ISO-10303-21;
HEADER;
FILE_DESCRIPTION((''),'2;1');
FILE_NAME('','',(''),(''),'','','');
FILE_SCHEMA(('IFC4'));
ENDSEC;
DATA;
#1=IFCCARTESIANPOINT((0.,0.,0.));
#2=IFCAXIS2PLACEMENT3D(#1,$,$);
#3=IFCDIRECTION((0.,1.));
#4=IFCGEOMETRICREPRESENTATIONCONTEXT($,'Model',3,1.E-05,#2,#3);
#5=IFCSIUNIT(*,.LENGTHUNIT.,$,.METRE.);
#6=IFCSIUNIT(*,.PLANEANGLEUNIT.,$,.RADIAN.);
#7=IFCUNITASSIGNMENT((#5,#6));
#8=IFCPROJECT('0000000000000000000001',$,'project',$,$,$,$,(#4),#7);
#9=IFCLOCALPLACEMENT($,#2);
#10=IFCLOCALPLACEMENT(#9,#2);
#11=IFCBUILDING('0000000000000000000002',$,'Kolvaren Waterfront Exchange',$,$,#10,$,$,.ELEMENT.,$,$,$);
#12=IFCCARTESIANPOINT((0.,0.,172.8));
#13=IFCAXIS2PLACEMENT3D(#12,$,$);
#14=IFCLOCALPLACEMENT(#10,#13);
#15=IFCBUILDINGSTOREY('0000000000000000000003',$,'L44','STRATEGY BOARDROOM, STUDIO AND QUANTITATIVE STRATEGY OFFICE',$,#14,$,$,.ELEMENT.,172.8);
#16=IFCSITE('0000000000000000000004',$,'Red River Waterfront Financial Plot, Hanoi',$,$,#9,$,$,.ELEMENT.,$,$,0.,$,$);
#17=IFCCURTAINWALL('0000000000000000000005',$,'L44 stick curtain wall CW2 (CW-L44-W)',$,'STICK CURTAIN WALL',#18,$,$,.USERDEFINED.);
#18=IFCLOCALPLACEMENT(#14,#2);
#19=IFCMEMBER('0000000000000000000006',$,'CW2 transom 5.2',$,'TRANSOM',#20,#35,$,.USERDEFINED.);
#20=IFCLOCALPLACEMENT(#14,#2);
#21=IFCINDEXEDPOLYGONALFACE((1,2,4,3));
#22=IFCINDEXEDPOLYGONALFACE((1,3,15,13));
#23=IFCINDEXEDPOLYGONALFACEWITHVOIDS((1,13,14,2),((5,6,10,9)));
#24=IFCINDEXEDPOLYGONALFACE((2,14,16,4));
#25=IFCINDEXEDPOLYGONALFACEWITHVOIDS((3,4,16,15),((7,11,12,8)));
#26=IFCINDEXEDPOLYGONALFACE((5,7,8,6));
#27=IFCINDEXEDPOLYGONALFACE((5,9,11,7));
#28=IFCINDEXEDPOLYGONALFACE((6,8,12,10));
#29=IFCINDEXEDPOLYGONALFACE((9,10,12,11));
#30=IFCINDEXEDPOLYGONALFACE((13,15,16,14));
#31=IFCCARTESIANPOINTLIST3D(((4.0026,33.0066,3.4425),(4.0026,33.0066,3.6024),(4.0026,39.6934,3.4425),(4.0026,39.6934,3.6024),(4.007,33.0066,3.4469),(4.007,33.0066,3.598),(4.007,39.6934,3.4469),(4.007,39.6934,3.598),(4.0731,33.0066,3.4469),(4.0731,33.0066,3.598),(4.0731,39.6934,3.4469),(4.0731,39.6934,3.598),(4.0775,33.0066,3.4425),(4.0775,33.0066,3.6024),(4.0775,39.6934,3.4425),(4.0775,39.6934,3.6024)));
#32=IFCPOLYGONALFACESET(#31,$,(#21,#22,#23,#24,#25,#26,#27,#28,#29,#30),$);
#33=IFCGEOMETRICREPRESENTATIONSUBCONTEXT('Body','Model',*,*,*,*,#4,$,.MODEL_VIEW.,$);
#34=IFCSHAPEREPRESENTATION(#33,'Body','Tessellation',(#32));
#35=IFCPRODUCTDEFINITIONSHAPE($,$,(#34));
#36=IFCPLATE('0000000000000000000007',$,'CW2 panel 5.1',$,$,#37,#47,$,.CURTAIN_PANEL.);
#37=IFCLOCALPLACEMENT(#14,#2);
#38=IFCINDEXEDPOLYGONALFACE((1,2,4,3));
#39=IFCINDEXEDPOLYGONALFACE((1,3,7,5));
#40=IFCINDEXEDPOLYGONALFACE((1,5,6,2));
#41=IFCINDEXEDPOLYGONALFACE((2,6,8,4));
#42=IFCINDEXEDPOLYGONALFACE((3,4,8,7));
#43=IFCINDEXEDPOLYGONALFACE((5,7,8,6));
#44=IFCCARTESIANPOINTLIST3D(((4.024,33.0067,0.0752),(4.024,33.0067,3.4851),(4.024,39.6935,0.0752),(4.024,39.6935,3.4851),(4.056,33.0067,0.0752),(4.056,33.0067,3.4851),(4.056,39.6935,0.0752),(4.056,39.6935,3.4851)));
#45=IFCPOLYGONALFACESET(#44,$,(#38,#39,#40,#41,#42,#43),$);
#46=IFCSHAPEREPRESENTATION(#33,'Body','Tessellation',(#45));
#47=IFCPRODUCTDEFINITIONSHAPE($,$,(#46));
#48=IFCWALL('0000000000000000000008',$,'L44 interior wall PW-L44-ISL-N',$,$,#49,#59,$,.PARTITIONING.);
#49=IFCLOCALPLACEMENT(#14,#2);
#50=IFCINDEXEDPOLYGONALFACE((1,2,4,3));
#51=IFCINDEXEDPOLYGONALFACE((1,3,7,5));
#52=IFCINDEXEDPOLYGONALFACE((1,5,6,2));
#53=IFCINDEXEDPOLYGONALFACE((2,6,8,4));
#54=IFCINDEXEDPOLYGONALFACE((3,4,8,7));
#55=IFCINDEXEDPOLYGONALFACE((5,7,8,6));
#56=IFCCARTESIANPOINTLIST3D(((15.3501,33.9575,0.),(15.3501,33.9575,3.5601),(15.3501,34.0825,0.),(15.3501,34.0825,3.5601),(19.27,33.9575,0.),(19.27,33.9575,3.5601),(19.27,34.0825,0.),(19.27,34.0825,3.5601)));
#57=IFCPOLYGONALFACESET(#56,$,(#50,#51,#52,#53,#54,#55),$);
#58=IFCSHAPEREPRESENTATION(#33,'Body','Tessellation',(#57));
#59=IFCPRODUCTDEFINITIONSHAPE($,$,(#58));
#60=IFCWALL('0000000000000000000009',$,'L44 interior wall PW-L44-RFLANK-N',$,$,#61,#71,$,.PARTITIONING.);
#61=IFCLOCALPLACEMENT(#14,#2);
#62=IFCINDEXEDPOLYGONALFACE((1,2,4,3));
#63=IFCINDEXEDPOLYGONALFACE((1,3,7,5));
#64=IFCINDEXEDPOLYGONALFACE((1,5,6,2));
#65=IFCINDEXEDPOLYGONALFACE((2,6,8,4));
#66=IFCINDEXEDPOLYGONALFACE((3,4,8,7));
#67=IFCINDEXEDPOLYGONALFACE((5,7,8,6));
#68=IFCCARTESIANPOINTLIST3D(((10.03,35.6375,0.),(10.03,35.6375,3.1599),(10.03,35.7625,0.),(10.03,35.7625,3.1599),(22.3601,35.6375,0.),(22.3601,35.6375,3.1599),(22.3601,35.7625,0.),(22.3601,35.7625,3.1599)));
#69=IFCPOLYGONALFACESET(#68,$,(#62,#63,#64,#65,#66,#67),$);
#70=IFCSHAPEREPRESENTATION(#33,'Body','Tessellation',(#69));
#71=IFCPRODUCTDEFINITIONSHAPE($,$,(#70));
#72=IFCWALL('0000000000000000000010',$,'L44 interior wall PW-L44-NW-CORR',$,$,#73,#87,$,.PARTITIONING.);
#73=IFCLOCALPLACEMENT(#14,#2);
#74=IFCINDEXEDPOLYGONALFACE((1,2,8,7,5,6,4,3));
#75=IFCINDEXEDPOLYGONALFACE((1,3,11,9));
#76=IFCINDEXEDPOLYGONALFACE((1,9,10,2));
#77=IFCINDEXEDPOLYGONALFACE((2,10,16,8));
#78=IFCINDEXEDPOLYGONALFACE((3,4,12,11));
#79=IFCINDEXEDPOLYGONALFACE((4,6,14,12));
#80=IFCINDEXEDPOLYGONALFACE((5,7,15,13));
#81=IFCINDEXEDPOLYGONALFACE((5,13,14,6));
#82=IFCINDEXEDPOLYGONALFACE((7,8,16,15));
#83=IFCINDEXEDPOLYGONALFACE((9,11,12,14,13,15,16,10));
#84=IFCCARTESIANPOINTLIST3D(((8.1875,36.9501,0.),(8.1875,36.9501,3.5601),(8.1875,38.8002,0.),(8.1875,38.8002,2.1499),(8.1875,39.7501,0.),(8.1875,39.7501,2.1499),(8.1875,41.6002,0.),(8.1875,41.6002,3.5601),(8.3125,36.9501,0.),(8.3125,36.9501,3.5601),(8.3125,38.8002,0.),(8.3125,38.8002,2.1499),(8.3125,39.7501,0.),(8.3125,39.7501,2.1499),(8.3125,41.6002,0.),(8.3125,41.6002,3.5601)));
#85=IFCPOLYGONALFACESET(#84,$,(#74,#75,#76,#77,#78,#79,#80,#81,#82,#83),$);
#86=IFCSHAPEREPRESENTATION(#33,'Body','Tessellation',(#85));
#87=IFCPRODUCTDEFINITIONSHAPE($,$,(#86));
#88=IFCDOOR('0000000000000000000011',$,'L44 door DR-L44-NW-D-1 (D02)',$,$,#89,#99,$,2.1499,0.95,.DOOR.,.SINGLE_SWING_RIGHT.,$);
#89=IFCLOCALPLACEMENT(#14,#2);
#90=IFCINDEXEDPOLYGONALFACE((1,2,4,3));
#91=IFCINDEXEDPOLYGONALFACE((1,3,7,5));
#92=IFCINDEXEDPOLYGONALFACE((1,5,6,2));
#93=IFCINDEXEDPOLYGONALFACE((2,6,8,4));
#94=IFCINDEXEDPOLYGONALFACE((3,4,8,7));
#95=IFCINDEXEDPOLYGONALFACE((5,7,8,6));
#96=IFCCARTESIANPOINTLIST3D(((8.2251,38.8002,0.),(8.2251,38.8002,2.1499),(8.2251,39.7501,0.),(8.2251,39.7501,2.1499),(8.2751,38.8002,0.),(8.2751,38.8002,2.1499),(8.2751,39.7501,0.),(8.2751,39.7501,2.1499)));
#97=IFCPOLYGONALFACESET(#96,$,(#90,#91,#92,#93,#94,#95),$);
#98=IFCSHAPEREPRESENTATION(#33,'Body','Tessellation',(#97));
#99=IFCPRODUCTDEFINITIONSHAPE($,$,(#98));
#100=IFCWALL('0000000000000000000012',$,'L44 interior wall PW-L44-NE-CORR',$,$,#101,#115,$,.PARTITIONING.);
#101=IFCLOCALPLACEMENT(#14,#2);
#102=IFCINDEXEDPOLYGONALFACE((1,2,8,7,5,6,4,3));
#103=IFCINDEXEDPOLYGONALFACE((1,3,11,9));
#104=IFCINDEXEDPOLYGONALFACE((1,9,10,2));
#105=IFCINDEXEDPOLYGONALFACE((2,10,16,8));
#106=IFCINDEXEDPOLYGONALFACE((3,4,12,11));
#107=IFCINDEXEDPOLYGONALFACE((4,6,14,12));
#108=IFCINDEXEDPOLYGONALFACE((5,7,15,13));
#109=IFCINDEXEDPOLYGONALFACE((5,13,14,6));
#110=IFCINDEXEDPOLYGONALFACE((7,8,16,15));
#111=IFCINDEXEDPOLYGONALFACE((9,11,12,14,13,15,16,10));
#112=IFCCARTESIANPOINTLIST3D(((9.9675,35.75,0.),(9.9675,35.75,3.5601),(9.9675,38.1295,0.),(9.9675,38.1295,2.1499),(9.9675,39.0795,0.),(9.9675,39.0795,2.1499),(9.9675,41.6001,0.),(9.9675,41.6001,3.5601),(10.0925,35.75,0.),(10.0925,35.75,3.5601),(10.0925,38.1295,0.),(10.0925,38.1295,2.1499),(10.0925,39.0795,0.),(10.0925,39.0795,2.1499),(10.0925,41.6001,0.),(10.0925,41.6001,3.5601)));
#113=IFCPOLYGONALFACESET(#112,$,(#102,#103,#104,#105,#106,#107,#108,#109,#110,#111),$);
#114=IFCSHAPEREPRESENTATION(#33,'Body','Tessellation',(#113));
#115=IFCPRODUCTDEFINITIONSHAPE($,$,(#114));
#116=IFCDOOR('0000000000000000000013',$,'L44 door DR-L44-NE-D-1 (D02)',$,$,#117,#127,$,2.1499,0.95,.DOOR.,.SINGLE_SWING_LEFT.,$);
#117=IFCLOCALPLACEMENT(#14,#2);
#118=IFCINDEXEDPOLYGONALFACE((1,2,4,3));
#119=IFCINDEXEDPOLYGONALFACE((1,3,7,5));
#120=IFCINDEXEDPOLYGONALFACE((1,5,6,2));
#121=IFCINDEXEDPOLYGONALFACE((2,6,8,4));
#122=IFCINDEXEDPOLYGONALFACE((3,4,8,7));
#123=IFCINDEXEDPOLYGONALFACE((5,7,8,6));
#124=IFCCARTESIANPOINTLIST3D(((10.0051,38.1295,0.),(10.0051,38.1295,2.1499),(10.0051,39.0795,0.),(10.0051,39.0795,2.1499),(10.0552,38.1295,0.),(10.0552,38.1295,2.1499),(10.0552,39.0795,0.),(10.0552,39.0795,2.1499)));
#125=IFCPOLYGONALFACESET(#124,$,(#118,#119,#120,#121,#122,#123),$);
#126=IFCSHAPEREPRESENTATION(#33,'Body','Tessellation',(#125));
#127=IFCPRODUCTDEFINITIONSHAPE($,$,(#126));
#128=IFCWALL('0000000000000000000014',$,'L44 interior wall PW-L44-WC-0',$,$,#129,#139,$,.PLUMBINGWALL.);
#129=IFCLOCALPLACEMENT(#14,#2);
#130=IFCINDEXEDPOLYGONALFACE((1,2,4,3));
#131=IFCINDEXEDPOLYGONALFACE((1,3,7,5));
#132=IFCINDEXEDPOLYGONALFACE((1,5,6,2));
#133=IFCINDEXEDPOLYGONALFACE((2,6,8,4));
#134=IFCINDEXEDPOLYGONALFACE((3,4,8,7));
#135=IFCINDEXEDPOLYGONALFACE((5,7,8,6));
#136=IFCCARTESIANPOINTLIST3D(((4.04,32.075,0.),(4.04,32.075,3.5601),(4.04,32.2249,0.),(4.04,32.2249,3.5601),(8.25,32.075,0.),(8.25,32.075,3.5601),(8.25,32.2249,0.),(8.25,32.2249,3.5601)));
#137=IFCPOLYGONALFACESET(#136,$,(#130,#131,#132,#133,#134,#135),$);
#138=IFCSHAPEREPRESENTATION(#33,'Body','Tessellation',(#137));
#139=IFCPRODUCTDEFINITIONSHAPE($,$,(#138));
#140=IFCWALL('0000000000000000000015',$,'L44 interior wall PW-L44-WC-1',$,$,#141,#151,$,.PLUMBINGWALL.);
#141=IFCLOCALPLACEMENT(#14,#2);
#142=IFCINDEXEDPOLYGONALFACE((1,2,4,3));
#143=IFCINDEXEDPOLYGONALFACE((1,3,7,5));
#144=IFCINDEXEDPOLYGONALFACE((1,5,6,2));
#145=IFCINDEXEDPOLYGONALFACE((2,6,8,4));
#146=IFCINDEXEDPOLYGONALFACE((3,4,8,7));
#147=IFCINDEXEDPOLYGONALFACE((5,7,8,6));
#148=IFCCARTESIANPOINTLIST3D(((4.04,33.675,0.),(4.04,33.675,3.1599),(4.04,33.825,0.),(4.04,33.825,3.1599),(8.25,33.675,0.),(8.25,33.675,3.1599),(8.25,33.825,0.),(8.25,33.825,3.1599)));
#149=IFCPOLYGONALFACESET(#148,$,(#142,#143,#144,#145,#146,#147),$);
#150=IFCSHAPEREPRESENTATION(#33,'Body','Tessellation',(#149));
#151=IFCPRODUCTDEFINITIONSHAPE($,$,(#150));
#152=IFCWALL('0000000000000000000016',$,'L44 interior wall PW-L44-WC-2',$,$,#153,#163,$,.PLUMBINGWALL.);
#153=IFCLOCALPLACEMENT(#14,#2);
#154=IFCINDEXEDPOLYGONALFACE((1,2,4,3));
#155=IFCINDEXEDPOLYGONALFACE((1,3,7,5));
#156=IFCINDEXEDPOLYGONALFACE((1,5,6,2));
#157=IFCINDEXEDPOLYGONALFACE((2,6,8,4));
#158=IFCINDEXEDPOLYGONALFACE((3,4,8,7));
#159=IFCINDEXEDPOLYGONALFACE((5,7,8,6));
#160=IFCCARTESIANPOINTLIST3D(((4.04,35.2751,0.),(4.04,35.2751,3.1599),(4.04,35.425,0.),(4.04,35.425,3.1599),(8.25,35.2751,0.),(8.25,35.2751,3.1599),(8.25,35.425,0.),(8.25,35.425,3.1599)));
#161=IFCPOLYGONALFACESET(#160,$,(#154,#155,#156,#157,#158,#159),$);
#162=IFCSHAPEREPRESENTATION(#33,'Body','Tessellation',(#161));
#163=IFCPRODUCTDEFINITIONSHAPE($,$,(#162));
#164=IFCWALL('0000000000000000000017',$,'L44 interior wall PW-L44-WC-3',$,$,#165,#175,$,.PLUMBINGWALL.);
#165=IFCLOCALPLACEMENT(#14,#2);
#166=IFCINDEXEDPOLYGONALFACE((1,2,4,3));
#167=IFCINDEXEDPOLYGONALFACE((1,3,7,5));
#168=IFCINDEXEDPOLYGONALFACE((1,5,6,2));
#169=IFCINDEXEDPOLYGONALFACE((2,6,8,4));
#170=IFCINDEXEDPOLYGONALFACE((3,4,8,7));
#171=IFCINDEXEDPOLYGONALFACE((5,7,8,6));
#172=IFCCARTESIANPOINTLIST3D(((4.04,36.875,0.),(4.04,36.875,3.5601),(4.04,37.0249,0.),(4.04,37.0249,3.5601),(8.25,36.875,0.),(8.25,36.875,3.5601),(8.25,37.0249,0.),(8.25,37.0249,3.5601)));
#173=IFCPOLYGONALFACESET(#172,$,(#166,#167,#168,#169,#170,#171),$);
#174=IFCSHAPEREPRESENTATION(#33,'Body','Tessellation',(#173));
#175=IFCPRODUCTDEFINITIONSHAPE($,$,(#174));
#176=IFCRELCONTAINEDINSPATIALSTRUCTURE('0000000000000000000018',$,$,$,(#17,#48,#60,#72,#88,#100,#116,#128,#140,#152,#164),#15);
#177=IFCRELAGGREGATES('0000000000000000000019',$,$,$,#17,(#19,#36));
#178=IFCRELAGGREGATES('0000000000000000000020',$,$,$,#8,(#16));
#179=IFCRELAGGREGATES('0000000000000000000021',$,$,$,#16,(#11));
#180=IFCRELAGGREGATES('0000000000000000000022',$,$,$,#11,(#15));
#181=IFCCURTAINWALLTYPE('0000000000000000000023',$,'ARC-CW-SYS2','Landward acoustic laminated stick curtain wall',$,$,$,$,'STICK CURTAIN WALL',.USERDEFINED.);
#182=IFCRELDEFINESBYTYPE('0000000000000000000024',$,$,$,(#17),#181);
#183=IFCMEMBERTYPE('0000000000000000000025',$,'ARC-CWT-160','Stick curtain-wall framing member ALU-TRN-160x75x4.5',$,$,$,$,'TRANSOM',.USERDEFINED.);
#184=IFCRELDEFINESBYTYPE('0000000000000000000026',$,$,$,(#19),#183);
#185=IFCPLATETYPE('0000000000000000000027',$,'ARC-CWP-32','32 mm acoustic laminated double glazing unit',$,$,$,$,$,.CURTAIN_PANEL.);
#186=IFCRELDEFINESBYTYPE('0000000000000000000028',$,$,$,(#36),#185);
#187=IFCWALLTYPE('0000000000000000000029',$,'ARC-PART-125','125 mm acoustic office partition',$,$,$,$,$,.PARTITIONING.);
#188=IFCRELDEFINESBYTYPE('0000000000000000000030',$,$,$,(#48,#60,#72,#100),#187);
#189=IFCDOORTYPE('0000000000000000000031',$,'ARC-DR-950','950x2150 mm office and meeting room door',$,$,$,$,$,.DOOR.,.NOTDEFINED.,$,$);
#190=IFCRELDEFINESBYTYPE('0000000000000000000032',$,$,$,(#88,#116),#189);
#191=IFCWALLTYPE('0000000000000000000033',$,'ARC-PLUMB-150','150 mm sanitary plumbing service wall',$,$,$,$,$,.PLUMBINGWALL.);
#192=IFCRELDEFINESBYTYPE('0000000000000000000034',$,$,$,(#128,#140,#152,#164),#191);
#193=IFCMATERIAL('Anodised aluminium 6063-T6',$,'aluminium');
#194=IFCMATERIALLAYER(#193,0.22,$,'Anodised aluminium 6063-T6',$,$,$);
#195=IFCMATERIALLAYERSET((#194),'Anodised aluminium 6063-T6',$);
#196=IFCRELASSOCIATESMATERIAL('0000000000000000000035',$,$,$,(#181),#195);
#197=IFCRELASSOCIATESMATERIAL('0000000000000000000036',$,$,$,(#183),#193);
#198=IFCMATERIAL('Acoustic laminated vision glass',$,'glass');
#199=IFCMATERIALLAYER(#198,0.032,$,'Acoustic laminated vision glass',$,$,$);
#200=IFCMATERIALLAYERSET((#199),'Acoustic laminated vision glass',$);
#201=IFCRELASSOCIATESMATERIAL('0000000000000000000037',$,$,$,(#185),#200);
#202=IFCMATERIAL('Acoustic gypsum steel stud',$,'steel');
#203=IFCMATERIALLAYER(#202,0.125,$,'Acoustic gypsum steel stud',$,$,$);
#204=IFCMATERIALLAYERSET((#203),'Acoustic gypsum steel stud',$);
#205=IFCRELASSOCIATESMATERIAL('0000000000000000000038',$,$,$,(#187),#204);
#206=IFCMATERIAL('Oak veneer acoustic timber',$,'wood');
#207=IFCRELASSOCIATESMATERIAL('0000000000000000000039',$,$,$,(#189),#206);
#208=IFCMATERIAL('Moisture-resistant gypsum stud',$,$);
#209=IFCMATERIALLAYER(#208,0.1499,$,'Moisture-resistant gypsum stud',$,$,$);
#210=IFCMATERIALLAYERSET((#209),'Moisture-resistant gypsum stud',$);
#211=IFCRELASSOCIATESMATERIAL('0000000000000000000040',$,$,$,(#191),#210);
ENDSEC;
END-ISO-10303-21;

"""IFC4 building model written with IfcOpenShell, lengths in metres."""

from ifc_helpers import new_model, si_unit, direction, frame, frame_2d, origin, origin_with_axes, origin_2d, place, context, subcontext, project, spatial, rectangle, hollow_rectangle, extrude, source, transform, mapped, material, layer, layer_set, material_profile, profile_set, type_object, element, fill, aggregate, save


model = new_model("IFC4")

# Units and contexts
model_context = context("Model", 3, precision=1e-05, world=origin(), true_north=direction((0.0, 1.0)))
body_context = subcontext(model_context, "Body", "Model", "MODEL_VIEW")
ifc_project = project(units=[si_unit("LENGTHUNIT", "METRE"), si_unit("PLANEANGLEUNIT", "RADIAN")], contexts=[model_context])

# Site, building, storey
site_placement = place(None, origin())
site = spatial("IfcSite", under=ifc_project, at=site_placement, Name="Red River Waterfront Financial Plot, Hanoi", CompositionType="ELEMENT", RefElevation=0.0)
building_placement = place(site_placement, origin())
building = spatial("IfcBuilding", under=site, at=building_placement, Name="Kolvaren Waterfront Exchange", CompositionType="ELEMENT")
storey_placement = place(building_placement, frame((0.0, 0.0, 172.8)))
storey = spatial("IfcBuildingStorey", under=building, at=storey_placement, Name="L44", Description="STRATEGY BOARDROOM, STUDIO AND QUANTITATIVE STRATEGY OFFICE", CompositionType="ELEMENT", Elevation=172.8)

# Curtain wall, member, plate
ifc_material_1 = material(Name="Anodised aluminium 6063-T6", Category="aluminium")
ifc_layer_1 = layer(ifc_material_1, 0.22, Name="Anodised aluminium 6063-T6")
ifc_layer_set_1 = layer_set([ifc_layer_1], Name="Anodised aluminium 6063-T6")
curtain_wall_type = type_object("IfcCurtainWallType", Name="ARC-CW-SYS2", Description="Landward acoustic laminated stick curtain wall", ElementType="STICK CURTAIN WALL", PredefinedType="USERDEFINED", material=ifc_layer_set_1)
curtain_wall_placement = place(storey_placement, origin())
curtain_wall = element("IfcCurtainWall", 1, at=curtain_wall_placement, inside=storey, type_object=curtain_wall_type, Name="L44 stick curtain wall CW2 (CW-L44-W)", ObjectType="STICK CURTAIN WALL", PredefinedType="USERDEFINED")
ifc_material_profile_1 = material_profile(ifc_material_1, hollow_rectangle(XDim=0.075, YDim=0.1599, WallThickness=0.0044, at=origin_2d()), Name="ALU-TRN-160x75x4.5")
ifc_profile_set_1 = profile_set([ifc_material_profile_1], Name="Anodised aluminium 6063-T6")
member_type_1 = type_object("IfcMemberType", Name="ARC-CWT-160", Description="Stick curtain-wall framing member ALU-TRN-160x75x4.5", ElementType="TRANSOM", PredefinedType="USERDEFINED", material=ifc_profile_set_1)
shared_shape_1 = source(origin_with_axes(), body_context, "Body", "SweptSolid", [
    extrude(hollow_rectangle(XDim=0.075, YDim=0.1599, WallThickness=0.0044, at=origin_2d()), origin(), (0.0, 0.0, 1.0), 6.6868),
])
member_1_placement = place(storey_placement, frame((4.04, 33.0066, 3.5225), z_axis=(0.0, 1.0, 0.0), x_axis=(-1.0, 0.0, 0.0)))
member_1 = element("IfcMember", 2, at=member_1_placement, type_object=member_type_1, Name="CW2 transom 5.2", ObjectType="TRANSOM", PredefinedType="USERDEFINED", context=body_context, shape_type="MappedRepresentation", body=[
    mapped(shared_shape_1, transform((0.0, 0.0, 0.0), x_axis=(1.0, 0.0, 0.0), y_axis=(0.0, 1.0, 0.0), z_axis=(0.0, 0.0, 1.0), scale=1.0)),
])
ifc_material_2 = material(Name="Acoustic laminated vision glass", Category="glass")
ifc_layer_2 = layer(ifc_material_2, 0.032, Name="Acoustic laminated vision glass")
ifc_layer_set_2 = layer_set([ifc_layer_2], Name="Acoustic laminated vision glass")
plate_type = type_object("IfcPlateType", Name="ARC-CWP-32", Description="32 mm acoustic laminated double glazing unit", PredefinedType="CURTAIN_PANEL", material=ifc_layer_set_2)
shared_shape_2 = source(origin_with_axes(), body_context, "Body", "SweptSolid", [
    extrude(rectangle(XDim=6.6868, YDim=0.032, at=origin_2d()), origin(), (0.0, 0.0, 1.0), 3.4099),
])
plate_placement = place(storey_placement, frame((4.04, 36.3501, 0.0752), z_axis=(0.0, 0.0, 1.0), x_axis=(0.0, 1.0, 0.0)))
plate = element("IfcPlate", 3, at=plate_placement, type_object=plate_type, Name="CW2 panel 5.1", PredefinedType="CURTAIN_PANEL", context=body_context, shape_type="MappedRepresentation", body=[
    mapped(shared_shape_2, transform((0.0, 0.0, 0.0), x_axis=(1.0, 0.0, 0.0), y_axis=(0.0, 1.0, 0.0), z_axis=(0.0, 0.0, 1.0), scale=1.0)),
])
aggregate(curtain_wall, [member_1, plate])

# Walls
ifc_material_3 = material(Name="Acoustic gypsum steel stud", Category="steel")
ifc_layer_3 = layer(ifc_material_3, 0.125, Name="Acoustic gypsum steel stud")
ifc_layer_set_3 = layer_set([ifc_layer_3], Name="Acoustic gypsum steel stud")
wall_type_1 = type_object("IfcWallType", Name="ARC-PART-125", Description="125 mm acoustic office partition", PredefinedType="PARTITIONING", material=ifc_layer_set_3)
wall_1_placement = place(storey_placement, frame((15.3501, 34.02, 0.0), z_axis=(0.0, 0.0, 1.0), x_axis=(1.0, 0.0, 0.0)))
element("IfcWall", 4, at=wall_1_placement, inside=storey, type_object=wall_type_1, Name="L44 interior wall PW-L44-ISL-N", PredefinedType="PARTITIONING", context=body_context, shape_type="SweptSolid", body=[
    extrude(rectangle(XDim=3.9199, YDim=0.125, at=frame_2d((1.96, 0.0))), origin(), (0.0, 0.0, 1.0), 3.5601),
])
wall_2_placement = place(storey_placement, frame((10.03, 35.7, 0.0), z_axis=(0.0, 0.0, 1.0), x_axis=(1.0, 0.0, 0.0)))
element("IfcWall", 5, at=wall_2_placement, inside=storey, type_object=wall_type_1, Name="L44 interior wall PW-L44-RFLANK-N", PredefinedType="PARTITIONING", context=body_context, shape_type="SweptSolid", body=[
    extrude(rectangle(XDim=12.3301, YDim=0.125, at=frame_2d((6.165, 0.0))), origin(), (0.0, 0.0, 1.0), 3.1599),
])

# Walls, openings, doors
wall_3_placement = place(storey_placement, frame((8.25, 36.95, 0.0), z_axis=(0.0, 0.0, 1.0), x_axis=(0.0, 1.0, 0.0)))
wall_3 = element("IfcWall", 6, at=wall_3_placement, inside=storey, type_object=wall_type_1, Name="L44 interior wall PW-L44-NW-CORR", PredefinedType="PARTITIONING", context=body_context, shape_type="SweptSolid", body=[
    extrude(rectangle(XDim=4.6501, YDim=0.125, at=frame_2d((2.3252, 0.0))), origin(), (0.0, 0.0, 1.0), 3.5601),
])
opening_1_placement = place(wall_3_placement, frame((1.8501, 0.0, 0.0)))
opening_1 = element("IfcOpeningElement", 7, at=opening_1_placement, cuts=wall_3, PredefinedType="OPENING", context=body_context, shape_type="SweptSolid", body=[
    extrude(rectangle(XDim=0.95, YDim=2.1499, at=frame_2d((0.4751, 1.075))), frame((0.0, 0.0725, 0.0), z_axis=(0.0, -1.0, 0.0), x_axis=(1.0, 0.0, 0.0)), (0.0, 0.0, 1.0), 0.145),
])
ifc_material_4 = material(Name="Oak veneer acoustic timber", Category="wood")
door_type_1 = type_object("IfcDoorType", Name="ARC-DR-950", Description="950x2150 mm office and meeting room door", OperationType="NOTDEFINED", PredefinedType="DOOR", material=ifc_material_4)
door_1_placement = place(opening_1_placement, origin())
door_1 = element("IfcDoor", 8, at=door_1_placement, inside=storey, type_object=door_type_1, Name="L44 door DR-L44-NW-D-1 (D02)", OperationType="SINGLE_SWING_RIGHT", OverallHeight=2.1499, OverallWidth=0.95, PredefinedType="DOOR", context=body_context, shape_type="SweptSolid", body=[
    extrude(rectangle(XDim=0.95, YDim=2.1499, at=frame_2d((0.4751, 1.075))), frame((0.0, 0.0249, 0.0), z_axis=(0.0, -1.0, 0.0), x_axis=(1.0, 0.0, 0.0)), (0.0, 0.0, 1.0), 0.05),
])
fill(opening_1, door_1)
wall_4_placement = place(storey_placement, frame((10.03, 35.75, 0.0), z_axis=(0.0, 0.0, 1.0), x_axis=(0.0, 1.0, 0.0)))
wall_4 = element("IfcWall", 9, at=wall_4_placement, inside=storey, type_object=wall_type_1, Name="L44 interior wall PW-L44-NE-CORR", PredefinedType="PARTITIONING", context=body_context, shape_type="SweptSolid", body=[
    extrude(rectangle(XDim=5.8501, YDim=0.125, at=frame_2d((2.925, 0.0))), origin(), (0.0, 0.0, 1.0), 3.5601),
])
opening_2_placement = place(wall_4_placement, frame((2.3794, 0.0, 0.0)))
opening_2 = element("IfcOpeningElement", 10, at=opening_2_placement, cuts=wall_4, PredefinedType="OPENING", context=body_context, shape_type="SweptSolid", body=[
    extrude(rectangle(XDim=0.95, YDim=2.1499, at=frame_2d((0.4751, 1.075))), frame((0.0, 0.0725, 0.0), z_axis=(0.0, -1.0, 0.0), x_axis=(1.0, 0.0, 0.0)), (0.0, 0.0, 1.0), 0.145),
])
door_2_placement = place(opening_2_placement, origin())
door_2 = element("IfcDoor", 11, at=door_2_placement, inside=storey, type_object=door_type_1, Name="L44 door DR-L44-NE-D-1 (D02)", OperationType="SINGLE_SWING_LEFT", OverallHeight=2.1499, OverallWidth=0.95, PredefinedType="DOOR", context=body_context, shape_type="SweptSolid", body=[
    extrude(rectangle(XDim=0.95, YDim=2.1499, at=frame_2d((0.4751, 1.075))), frame((0.0, 0.0249, 0.0), z_axis=(0.0, -1.0, 0.0), x_axis=(1.0, 0.0, 0.0)), (0.0, 0.0, 1.0), 0.05),
])
fill(opening_2, door_2)

# Wall
ifc_material_5 = material(Name="Moisture-resistant gypsum stud")
ifc_layer_4 = layer(ifc_material_5, 0.1499, Name="Moisture-resistant gypsum stud")
ifc_layer_set_4 = layer_set([ifc_layer_4], Name="Moisture-resistant gypsum stud")
wall_type_2 = type_object("IfcWallType", Name="ARC-PLUMB-150", Description="150 mm sanitary plumbing service wall", PredefinedType="PLUMBINGWALL", material=ifc_layer_set_4)
wall_5_placement = place(storey_placement, frame((4.04, 32.1499, 0.0), z_axis=(0.0, 0.0, 1.0), x_axis=(1.0, 0.0, 0.0)))
element("IfcWall", 12, at=wall_5_placement, inside=storey, type_object=wall_type_2, Name="L44 interior wall PW-L44-WC-0", PredefinedType="PLUMBINGWALL", context=body_context, shape_type="SweptSolid", body=[
    extrude(rectangle(XDim=4.21, YDim=0.1499, at=frame_2d((2.105, 0.0))), origin(), (0.0, 0.0, 1.0), 3.5601),
])

# Walls
for number, where, z_axis, x_axis, name in (
    (13, (4.04, 33.75, 0.0), (0.0, 0.0, 1.0), (1.0, 0.0, 0.0), "L44 interior wall PW-L44-WC-1"),
    (14, (4.04, 35.3501, 0.0), (0.0, 0.0, 1.0), (1.0, 0.0, 0.0), "L44 interior wall PW-L44-WC-2"),
):
    element("IfcWall", number, at=place(storey_placement, frame(where, z_axis=z_axis, x_axis=x_axis)), inside=storey, type_object=wall_type_2, Name=name, PredefinedType="PLUMBINGWALL", context=body_context, shape_type="SweptSolid", body=[
        extrude(rectangle(XDim=4.21, YDim=0.1499, at=frame_2d((2.105, 0.0))), origin(), (0.0, 0.0, 1.0), 3.1599),
    ])
wall_6_placement = place(storey_placement, frame((4.04, 36.95, 0.0), z_axis=(0.0, 0.0, 1.0), x_axis=(1.0, 0.0, 0.0)))
element("IfcWall", 15, at=wall_6_placement, inside=storey, type_object=wall_type_2, Name="L44 interior wall PW-L44-WC-3", PredefinedType="PLUMBINGWALL", context=body_context, shape_type="SweptSolid", body=[
    extrude(rectangle(XDim=4.21, YDim=0.1499, at=frame_2d((2.105, 0.0))), origin(), (0.0, 0.0, 1.0), 3.5601),
])

save(model, "model.ifc")
